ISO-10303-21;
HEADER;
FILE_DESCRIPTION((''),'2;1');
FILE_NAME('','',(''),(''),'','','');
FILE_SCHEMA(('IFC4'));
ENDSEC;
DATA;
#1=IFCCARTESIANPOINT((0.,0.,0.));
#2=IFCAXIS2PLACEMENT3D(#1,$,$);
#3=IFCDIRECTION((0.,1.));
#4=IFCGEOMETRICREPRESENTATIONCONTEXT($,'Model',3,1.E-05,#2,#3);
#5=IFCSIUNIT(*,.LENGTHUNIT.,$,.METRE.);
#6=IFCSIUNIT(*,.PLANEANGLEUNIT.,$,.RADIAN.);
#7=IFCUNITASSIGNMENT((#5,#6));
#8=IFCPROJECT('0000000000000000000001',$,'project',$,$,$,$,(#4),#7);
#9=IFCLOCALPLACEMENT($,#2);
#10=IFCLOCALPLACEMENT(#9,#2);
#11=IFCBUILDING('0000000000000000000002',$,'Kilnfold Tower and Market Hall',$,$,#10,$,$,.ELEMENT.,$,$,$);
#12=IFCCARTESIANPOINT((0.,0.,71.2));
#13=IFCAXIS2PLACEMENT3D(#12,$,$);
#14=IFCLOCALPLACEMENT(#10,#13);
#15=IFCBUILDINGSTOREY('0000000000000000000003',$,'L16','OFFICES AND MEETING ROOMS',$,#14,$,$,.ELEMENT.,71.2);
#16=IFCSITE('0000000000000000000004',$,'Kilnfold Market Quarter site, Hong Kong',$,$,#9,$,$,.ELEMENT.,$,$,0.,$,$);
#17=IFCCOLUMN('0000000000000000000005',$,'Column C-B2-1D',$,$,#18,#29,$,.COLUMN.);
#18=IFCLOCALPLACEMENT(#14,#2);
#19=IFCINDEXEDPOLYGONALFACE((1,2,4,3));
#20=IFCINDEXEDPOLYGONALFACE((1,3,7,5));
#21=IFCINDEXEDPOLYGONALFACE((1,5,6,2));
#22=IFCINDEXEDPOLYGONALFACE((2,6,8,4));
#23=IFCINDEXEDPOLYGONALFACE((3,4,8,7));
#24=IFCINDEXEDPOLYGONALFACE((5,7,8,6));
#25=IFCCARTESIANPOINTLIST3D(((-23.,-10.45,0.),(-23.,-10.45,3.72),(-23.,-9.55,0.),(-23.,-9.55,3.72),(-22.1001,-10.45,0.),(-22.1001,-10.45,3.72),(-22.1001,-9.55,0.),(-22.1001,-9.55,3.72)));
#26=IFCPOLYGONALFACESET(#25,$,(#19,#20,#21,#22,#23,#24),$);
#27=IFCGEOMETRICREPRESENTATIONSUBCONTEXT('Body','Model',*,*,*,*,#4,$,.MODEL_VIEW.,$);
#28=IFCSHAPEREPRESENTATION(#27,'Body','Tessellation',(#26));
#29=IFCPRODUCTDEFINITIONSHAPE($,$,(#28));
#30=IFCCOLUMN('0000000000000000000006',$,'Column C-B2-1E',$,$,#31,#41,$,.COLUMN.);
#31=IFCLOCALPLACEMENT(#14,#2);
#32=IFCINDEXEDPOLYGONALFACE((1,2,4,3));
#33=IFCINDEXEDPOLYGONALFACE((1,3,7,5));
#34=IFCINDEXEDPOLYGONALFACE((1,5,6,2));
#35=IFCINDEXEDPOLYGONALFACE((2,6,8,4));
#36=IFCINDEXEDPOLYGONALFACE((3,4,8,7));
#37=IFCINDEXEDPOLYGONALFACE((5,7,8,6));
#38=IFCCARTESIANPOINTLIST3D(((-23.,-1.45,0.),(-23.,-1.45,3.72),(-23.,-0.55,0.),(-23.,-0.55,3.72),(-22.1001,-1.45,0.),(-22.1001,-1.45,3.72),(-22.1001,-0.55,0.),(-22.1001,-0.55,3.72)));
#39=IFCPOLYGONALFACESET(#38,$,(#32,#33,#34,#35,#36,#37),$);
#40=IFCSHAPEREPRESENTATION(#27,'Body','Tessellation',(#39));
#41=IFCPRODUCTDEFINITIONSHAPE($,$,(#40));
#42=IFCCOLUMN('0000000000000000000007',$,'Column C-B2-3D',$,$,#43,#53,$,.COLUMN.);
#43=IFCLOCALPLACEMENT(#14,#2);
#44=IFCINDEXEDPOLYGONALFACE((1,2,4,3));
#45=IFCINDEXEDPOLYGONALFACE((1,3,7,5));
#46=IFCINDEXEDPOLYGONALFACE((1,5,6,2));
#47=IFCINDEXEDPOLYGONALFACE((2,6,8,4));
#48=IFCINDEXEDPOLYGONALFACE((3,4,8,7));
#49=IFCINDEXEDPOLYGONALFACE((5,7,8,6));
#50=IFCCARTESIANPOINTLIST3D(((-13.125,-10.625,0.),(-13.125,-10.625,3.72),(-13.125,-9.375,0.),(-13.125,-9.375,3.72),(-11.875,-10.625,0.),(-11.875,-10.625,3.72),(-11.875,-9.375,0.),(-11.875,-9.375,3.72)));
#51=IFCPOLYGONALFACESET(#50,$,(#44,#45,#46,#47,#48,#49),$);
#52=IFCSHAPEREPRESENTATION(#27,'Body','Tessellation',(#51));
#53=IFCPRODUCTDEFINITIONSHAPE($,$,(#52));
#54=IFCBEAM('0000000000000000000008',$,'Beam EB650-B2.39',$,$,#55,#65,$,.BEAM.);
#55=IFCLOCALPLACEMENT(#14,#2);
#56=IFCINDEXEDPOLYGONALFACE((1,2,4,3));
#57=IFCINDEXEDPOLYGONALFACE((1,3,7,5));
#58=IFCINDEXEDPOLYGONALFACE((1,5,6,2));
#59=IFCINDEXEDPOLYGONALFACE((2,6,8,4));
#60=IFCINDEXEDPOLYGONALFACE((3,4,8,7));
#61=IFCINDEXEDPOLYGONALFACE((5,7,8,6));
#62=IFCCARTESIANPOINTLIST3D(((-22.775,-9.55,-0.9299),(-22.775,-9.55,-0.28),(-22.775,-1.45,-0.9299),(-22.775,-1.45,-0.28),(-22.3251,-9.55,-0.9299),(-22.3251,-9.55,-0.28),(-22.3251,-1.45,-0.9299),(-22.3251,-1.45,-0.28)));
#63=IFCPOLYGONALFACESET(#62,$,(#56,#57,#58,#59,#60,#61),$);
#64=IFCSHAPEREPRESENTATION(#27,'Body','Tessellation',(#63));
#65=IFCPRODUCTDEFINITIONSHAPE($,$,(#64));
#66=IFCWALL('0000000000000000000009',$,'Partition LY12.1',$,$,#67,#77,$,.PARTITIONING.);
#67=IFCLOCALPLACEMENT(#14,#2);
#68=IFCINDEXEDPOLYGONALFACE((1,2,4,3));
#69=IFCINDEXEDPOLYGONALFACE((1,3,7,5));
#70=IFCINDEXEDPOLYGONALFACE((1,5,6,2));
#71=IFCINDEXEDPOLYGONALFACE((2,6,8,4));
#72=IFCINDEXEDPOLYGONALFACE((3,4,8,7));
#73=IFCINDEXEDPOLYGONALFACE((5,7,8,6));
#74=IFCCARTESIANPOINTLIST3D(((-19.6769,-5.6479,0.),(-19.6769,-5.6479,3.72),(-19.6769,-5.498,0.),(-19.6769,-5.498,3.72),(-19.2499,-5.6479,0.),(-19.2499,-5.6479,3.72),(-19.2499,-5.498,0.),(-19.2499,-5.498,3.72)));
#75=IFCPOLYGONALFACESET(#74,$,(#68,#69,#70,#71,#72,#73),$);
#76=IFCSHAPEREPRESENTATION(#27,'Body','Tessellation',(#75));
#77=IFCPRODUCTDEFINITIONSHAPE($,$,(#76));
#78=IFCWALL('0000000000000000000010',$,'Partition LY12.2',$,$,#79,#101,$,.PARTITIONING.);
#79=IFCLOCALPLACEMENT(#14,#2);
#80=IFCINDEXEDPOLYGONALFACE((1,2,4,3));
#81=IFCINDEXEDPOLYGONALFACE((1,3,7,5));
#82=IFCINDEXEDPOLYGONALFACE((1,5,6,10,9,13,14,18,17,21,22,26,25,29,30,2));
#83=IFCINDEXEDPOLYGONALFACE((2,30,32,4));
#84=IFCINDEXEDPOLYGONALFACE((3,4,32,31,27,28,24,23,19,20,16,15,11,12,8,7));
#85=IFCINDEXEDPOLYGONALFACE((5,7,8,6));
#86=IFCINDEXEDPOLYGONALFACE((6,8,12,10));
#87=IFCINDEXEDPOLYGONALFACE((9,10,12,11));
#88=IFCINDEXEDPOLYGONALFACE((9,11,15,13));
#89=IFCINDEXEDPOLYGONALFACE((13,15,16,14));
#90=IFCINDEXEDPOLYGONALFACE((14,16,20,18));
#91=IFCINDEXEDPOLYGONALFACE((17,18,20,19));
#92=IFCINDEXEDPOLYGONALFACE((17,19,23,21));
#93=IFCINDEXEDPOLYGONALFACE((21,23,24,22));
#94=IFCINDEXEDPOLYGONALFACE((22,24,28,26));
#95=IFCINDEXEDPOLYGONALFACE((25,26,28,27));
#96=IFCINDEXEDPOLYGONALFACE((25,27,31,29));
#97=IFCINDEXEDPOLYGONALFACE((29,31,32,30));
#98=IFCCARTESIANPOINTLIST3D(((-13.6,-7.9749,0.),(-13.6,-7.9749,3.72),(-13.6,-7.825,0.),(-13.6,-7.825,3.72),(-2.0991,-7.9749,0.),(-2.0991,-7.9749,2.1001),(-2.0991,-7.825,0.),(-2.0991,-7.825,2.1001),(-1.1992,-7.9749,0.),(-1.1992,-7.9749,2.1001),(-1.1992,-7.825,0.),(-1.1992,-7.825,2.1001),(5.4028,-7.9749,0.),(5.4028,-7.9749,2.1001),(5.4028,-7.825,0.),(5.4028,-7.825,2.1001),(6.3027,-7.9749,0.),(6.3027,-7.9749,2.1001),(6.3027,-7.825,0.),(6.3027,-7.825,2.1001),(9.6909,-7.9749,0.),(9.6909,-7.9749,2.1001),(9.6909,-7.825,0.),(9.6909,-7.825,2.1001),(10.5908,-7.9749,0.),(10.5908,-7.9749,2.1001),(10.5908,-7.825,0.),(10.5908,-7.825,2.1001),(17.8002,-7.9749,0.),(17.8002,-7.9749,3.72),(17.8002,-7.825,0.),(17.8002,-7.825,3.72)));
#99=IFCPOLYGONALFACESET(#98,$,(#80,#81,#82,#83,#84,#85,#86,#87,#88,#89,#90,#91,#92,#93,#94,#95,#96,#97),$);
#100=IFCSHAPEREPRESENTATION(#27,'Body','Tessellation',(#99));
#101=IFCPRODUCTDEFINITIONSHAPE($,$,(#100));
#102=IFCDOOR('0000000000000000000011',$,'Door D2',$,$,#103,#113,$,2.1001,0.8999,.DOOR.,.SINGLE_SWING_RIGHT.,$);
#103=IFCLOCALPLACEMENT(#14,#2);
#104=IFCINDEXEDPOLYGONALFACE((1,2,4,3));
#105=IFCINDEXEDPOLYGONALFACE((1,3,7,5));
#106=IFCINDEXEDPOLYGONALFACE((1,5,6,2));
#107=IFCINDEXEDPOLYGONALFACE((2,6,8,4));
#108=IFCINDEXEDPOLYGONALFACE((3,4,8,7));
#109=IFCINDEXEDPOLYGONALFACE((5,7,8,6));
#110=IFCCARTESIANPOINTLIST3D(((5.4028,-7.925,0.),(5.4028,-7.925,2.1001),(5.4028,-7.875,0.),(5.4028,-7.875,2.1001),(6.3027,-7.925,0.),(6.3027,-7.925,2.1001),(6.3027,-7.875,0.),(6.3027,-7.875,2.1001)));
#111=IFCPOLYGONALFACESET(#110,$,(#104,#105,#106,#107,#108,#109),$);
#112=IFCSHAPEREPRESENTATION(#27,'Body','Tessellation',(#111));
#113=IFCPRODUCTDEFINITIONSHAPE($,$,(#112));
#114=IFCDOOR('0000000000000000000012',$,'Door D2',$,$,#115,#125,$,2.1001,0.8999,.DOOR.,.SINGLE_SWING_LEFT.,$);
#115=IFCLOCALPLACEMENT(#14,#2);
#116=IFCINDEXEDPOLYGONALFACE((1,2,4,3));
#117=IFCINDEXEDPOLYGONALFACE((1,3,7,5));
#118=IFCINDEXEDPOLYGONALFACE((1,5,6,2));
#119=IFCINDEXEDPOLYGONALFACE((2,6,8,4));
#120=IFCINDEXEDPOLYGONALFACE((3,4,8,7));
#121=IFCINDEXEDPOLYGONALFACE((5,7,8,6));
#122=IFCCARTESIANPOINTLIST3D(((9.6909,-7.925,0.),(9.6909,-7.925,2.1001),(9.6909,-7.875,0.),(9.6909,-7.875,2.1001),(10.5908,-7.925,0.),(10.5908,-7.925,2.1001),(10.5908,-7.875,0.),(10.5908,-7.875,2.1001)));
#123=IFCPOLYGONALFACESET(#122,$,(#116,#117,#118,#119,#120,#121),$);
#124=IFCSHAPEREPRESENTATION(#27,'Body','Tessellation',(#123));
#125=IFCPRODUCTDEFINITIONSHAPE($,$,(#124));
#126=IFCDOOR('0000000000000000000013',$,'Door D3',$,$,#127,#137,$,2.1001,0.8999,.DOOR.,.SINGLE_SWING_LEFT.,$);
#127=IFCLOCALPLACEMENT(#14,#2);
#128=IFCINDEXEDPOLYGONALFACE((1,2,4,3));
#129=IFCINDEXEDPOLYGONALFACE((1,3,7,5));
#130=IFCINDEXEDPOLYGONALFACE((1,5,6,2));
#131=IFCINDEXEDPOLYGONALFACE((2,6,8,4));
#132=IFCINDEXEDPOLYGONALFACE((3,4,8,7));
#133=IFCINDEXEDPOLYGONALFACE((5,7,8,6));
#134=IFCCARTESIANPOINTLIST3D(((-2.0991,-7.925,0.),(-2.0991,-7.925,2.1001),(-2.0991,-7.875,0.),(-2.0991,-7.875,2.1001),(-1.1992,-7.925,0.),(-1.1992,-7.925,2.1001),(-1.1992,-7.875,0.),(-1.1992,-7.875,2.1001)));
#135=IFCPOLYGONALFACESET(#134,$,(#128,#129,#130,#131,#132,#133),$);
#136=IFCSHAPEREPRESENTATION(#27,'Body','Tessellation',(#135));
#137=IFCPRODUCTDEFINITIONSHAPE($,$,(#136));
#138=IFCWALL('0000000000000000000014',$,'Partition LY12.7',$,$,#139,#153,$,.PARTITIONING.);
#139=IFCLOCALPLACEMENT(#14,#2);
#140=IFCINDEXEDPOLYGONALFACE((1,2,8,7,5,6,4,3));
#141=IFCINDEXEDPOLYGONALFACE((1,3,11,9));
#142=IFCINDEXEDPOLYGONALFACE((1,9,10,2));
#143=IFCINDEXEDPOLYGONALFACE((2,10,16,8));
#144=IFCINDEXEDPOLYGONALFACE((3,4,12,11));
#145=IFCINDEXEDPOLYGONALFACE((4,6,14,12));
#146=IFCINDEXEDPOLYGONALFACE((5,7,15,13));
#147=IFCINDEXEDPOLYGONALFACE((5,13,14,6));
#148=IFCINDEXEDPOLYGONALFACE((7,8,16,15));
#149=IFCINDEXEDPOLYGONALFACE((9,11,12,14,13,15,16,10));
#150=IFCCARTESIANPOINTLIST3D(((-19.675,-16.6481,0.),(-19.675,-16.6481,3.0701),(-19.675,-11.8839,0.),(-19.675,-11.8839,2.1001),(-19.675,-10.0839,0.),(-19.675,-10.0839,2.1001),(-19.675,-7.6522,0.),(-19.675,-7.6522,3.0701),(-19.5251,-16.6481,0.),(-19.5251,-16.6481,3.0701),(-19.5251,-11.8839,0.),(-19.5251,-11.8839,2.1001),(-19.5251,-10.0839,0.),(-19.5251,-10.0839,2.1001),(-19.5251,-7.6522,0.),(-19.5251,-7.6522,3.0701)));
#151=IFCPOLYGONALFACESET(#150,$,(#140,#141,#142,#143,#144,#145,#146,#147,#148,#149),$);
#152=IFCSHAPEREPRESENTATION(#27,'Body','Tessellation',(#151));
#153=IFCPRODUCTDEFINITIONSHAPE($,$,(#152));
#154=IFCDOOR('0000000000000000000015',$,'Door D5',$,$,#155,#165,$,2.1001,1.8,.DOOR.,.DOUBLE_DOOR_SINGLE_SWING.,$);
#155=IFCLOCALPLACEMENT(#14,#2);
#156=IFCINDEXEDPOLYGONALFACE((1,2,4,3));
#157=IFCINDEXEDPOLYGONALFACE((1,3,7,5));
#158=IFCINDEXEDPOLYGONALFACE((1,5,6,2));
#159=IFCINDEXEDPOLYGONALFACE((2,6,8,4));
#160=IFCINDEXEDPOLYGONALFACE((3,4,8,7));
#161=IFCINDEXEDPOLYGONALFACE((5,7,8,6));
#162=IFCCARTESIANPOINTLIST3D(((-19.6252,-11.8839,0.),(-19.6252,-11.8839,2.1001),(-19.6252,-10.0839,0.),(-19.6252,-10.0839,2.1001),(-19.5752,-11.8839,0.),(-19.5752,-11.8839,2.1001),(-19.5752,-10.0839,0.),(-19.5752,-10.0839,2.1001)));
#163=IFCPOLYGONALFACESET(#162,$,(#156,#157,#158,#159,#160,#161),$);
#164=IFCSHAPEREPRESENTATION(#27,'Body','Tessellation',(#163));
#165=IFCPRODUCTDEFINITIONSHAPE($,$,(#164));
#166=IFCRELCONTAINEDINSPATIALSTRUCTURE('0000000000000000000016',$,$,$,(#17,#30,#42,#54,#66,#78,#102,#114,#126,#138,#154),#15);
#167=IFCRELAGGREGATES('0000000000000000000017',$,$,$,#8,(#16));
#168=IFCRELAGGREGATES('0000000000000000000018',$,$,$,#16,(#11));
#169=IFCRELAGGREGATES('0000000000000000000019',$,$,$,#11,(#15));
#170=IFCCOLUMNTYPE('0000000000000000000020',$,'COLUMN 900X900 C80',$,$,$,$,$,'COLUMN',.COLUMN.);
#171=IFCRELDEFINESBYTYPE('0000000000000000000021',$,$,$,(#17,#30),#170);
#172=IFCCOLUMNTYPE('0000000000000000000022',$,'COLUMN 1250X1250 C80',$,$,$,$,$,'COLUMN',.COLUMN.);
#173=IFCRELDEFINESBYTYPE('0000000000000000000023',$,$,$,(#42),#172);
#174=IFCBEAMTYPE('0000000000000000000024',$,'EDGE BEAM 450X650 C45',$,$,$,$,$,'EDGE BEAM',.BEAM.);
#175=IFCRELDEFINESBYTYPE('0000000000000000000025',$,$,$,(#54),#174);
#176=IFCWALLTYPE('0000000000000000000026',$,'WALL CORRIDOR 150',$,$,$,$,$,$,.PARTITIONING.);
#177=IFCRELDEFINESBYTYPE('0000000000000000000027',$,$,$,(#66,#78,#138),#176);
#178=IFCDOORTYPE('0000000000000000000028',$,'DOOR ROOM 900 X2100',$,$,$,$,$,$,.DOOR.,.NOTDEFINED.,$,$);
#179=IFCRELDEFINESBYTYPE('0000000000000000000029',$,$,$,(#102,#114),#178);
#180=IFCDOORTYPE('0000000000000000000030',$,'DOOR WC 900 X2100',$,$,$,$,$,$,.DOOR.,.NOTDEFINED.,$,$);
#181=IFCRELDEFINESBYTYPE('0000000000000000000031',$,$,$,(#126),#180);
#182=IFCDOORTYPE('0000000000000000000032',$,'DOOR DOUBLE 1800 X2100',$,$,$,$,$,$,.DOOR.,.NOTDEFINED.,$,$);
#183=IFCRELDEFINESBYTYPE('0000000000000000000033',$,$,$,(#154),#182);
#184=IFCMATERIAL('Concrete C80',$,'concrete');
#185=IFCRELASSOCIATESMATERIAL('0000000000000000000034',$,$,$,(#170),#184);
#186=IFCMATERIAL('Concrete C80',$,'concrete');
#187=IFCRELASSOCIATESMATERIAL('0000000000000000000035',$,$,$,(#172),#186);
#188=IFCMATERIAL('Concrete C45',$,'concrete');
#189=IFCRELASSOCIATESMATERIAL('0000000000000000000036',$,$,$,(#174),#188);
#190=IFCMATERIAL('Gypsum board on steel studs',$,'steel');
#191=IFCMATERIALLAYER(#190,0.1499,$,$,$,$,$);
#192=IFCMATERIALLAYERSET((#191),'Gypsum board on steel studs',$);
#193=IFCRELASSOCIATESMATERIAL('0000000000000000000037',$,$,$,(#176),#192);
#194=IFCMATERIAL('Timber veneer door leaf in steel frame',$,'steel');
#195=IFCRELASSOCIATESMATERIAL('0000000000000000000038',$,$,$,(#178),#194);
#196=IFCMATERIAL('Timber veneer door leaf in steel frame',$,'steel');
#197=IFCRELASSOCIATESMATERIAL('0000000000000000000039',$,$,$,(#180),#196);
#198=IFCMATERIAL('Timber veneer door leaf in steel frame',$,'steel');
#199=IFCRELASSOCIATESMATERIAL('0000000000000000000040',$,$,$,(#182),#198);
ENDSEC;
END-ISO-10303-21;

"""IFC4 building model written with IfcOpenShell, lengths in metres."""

from ifc_helpers import new_model, si_unit, direction, frame, frame_2d, origin, origin_2d, place, context, subcontext, project, spatial, rectangle, extrude, source, transform, mapped, material, layer, layer_set, material_profile, profile_set, type_object, element, fill, save


model = new_model("IFC4")

# Units and contexts
model_context = context("Model", 3, precision=1e-05, world=origin(), true_north=direction((0.0, 1.0)))
body_context = subcontext(model_context, "Body", "Model", "MODEL_VIEW")
ifc_project = project(units=[si_unit("LENGTHUNIT", "METRE"), si_unit("PLANEANGLEUNIT", "RADIAN")], contexts=[model_context])

# Site, building, storey
site_placement = place(None, origin())
site = spatial("IfcSite", under=ifc_project, at=site_placement, Name="Kilnfold Market Quarter site, Hong Kong", CompositionType="ELEMENT", RefElevation=0.0)
building_placement = place(site_placement, origin())
building = spatial("IfcBuilding", under=site, at=building_placement, Name="Kilnfold Tower and Market Hall", CompositionType="ELEMENT")
storey_placement = place(building_placement, frame((0.0, 0.0, 71.2)))
storey = spatial("IfcBuildingStorey", under=building, at=storey_placement, Name="L16", Description="OFFICES AND MEETING ROOMS", CompositionType="ELEMENT", Elevation=71.2)

# Columns
ifc_material_1 = material(Name="Concrete C80", Category="concrete")
ifc_material_profile_1 = material_profile(ifc_material_1, rectangle(XDim=0.8999, YDim=0.8999, at=origin_2d()), Name="RC 900x900")
ifc_profile_set_1 = profile_set([ifc_material_profile_1], Name="Concrete C80")
column_type_1 = type_object("IfcColumnType", Name="COLUMN 900X900 C80", ElementType="COLUMN", PredefinedType="COLUMN", material=ifc_profile_set_1)
shared_shape_1 = source(origin(), body_context, "Body", "SweptSolid", [
    extrude(rectangle(XDim=0.8999, YDim=0.8999, at=origin_2d()), origin(), (0.0, 0.0, 1.0), 3.72),
])
for number, where, z_axis, x_axis, name in (
    (1, (-22.55, -10.0, 0.0), (0.0, 0.0, 1.0), (1.0, 0.0, 0.0), "Column C-B2-1D"),
    (2, (-22.55, -1.0, 0.0), (0.0, 0.0, 1.0), (1.0, 0.0, 0.0), "Column C-B2-1E"),
):
    element("IfcColumn", number, at=place(storey_placement, frame(where, z_axis=z_axis, x_axis=x_axis)), inside=storey, type_object=column_type_1, Name=name, PredefinedType="COLUMN", context=body_context, shape_type="MappedRepresentation", body=[
        mapped(shared_shape_1, transform((0.0, 0.0, 0.0))),
    ])
ifc_material_2 = material(Name="Concrete C80", Category="concrete")
ifc_material_profile_2 = material_profile(ifc_material_2, rectangle(XDim=1.25, YDim=1.25, at=origin_2d()), Name="RC 1250x1250")
ifc_profile_set_2 = profile_set([ifc_material_profile_2], Name="Concrete C80")
column_type_2 = type_object("IfcColumnType", Name="COLUMN 1250X1250 C80", ElementType="COLUMN", PredefinedType="COLUMN", material=ifc_profile_set_2)
shared_shape_2 = source(origin(), body_context, "Body", "SweptSolid", [
    extrude(rectangle(XDim=1.25, YDim=1.25, at=origin_2d()), origin(), (0.0, 0.0, 1.0), 3.72),
])
column_placement = place(storey_placement, frame((-12.5, -10.0, 0.0), z_axis=(0.0, 0.0, 1.0), x_axis=(1.0, 0.0, 0.0)))
element("IfcColumn", 3, at=column_placement, inside=storey, type_object=column_type_2, Name="Column C-B2-3D", PredefinedType="COLUMN", context=body_context, shape_type="MappedRepresentation", body=[
    mapped(shared_shape_2, transform((0.0, 0.0, 0.0))),
])

# Beam
ifc_material_3 = material(Name="Concrete C45", Category="concrete")
ifc_material_profile_3 = material_profile(ifc_material_3, rectangle(XDim=0.45, YDim=0.6499, at=origin_2d()), Name="RC 450x650")
ifc_profile_set_3 = profile_set([ifc_material_profile_3], Name="Concrete C45")
beam_type = type_object("IfcBeamType", Name="EDGE BEAM 450X650 C45", ElementType="EDGE BEAM", PredefinedType="BEAM", material=ifc_profile_set_3)
shared_shape_3 = source(origin(), body_context, "Body", "SweptSolid", [
    extrude(rectangle(XDim=0.45, YDim=0.6499, at=origin_2d()), origin(), (0.0, 0.0, 1.0), 8.1001),
])
beam_placement = place(storey_placement, frame((-22.55, -9.55, -0.605), z_axis=(0.0, 1.0, 0.0), x_axis=(-1.0, 0.0, 0.0)))
element("IfcBeam", 4, at=beam_placement, inside=storey, type_object=beam_type, Name="Beam EB650-B2.39", PredefinedType="BEAM", context=body_context, shape_type="MappedRepresentation", body=[
    mapped(shared_shape_3, transform((0.0, 0.0, 0.0))),
])

# Wall
ifc_material_4 = material(Name="Gypsum board on steel studs", Category="steel")
ifc_layer_1 = layer(ifc_material_4, 0.1499)
ifc_layer_set_1 = layer_set([ifc_layer_1], Name="Gypsum board on steel studs")
wall_type_1 = type_object("IfcWallType", Name="WALL CORRIDOR 150", PredefinedType="PARTITIONING", material=ifc_layer_set_1)
wall_1_placement = place(storey_placement, frame((-19.25, -5.573, 0.0), z_axis=(0.0, 0.0, 1.0), x_axis=(-1.0, 0.0, 0.0)))
element("IfcWall", 5, at=wall_1_placement, inside=storey, type_object=wall_type_1, Name="Partition LY12.1", PredefinedType="PARTITIONING", context=body_context, shape_type="SweptSolid", body=[
    extrude(rectangle(XDim=0.427, YDim=0.1499, at=frame_2d((0.2134, 0.0))), origin(), (0.0, 0.0, 1.0), 3.72),
])

# Wall, openings, doors
wall_2_placement = place(storey_placement, frame((-13.6001, -7.8999, 0.0), z_axis=(0.0, 0.0, 1.0), x_axis=(1.0, 0.0, 0.0)))
wall_2 = element("IfcWall", 6, at=wall_2_placement, inside=storey, type_object=wall_type_1, Name="Partition LY12.2", PredefinedType="PARTITIONING", context=body_context, shape_type="SweptSolid", body=[
    extrude(rectangle(XDim=31.4001, YDim=0.1499, at=frame_2d((15.7002, 0.0))), origin(), (0.0, 0.0, 1.0), 3.72),
])
opening_1_placement = place(wall_2_placement, frame((11.501, 0.0, 0.0)))
opening_1 = element("IfcOpeningElement", 7, at=opening_1_placement, cuts=wall_2, PredefinedType="OPENING", context=body_context, shape_type="SweptSolid", body=[
    extrude(rectangle(XDim=0.8999, YDim=2.1001, at=frame_2d((0.45, 1.05))), frame((0.0, 0.085, 0.0), z_axis=(0.0, -1.0, 0.0), x_axis=(1.0, 0.0, 0.0)), (0.0, 0.0, 1.0), 0.1699),
])
opening_2_placement = place(wall_2_placement, frame((19.0029, 0.0, 0.0)))
opening_2 = element("IfcOpeningElement", 8, at=opening_2_placement, cuts=wall_2, PredefinedType="OPENING", context=body_context, shape_type="SweptSolid", body=[
    extrude(rectangle(XDim=0.8999, YDim=2.1001, at=frame_2d((0.45, 1.05))), frame((0.0, 0.085, 0.0), z_axis=(0.0, -1.0, 0.0), x_axis=(1.0, 0.0, 0.0)), (0.0, 0.0, 1.0), 0.1699),
])
opening_3_placement = place(wall_2_placement, frame((23.291, 0.0, 0.0)))
opening_3 = element("IfcOpeningElement", 9, at=opening_3_placement, cuts=wall_2, PredefinedType="OPENING", context=body_context, shape_type="SweptSolid", body=[
    extrude(rectangle(XDim=0.8999, YDim=2.1001, at=frame_2d((0.45, 1.05))), frame((0.0, 0.085, 0.0), z_axis=(0.0, -1.0, 0.0), x_axis=(1.0, 0.0, 0.0)), (0.0, 0.0, 1.0), 0.1699),
])
ifc_material_5 = material(Name="Timber veneer door leaf in steel frame", Category="steel")
door_type_1 = type_object("IfcDoorType", Name="DOOR ROOM 900 X2100", OperationType="NOTDEFINED", PredefinedType="DOOR", material=ifc_material_5)
door_1_placement = place(opening_2_placement, origin())
door_1 = element("IfcDoor", 10, at=door_1_placement, inside=storey, type_object=door_type_1, Name="Door D2", OperationType="SINGLE_SWING_RIGHT", OverallHeight=2.1001, OverallWidth=0.8999, PredefinedType="DOOR", context=body_context, shape_type="SweptSolid", body=[
    extrude(rectangle(XDim=0.8999, YDim=2.1001, at=frame_2d((0.45, 1.05))), frame((0.0, 0.0249, 0.0), z_axis=(0.0, -1.0, 0.0), x_axis=(1.0, 0.0, 0.0)), (0.0, 0.0, 1.0), 0.05),
])
fill(opening_2, door_1)
door_2_placement = place(opening_3_placement, origin())
door_2 = element("IfcDoor", 11, at=door_2_placement, inside=storey, type_object=door_type_1, Name="Door D2", OperationType="SINGLE_SWING_LEFT", OverallHeight=2.1001, OverallWidth=0.8999, PredefinedType="DOOR", context=body_context, shape_type="SweptSolid", body=[
    extrude(rectangle(XDim=0.8999, YDim=2.1001, at=frame_2d((0.45, 1.05))), frame((0.0, 0.0249, 0.0), z_axis=(0.0, -1.0, 0.0), x_axis=(1.0, 0.0, 0.0)), (0.0, 0.0, 1.0), 0.05),
])
fill(opening_3, door_2)
ifc_material_6 = material(Name="Timber veneer door leaf in steel frame", Category="steel")
door_type_2 = type_object("IfcDoorType", Name="DOOR WC 900 X2100", OperationType="NOTDEFINED", PredefinedType="DOOR", material=ifc_material_6)
door_3_placement = place(opening_1_placement, origin())
door_3 = element("IfcDoor", 12, at=door_3_placement, inside=storey, type_object=door_type_2, Name="Door D3", OperationType="SINGLE_SWING_LEFT", OverallHeight=2.1001, OverallWidth=0.8999, PredefinedType="DOOR", context=body_context, shape_type="SweptSolid", body=[
    extrude(rectangle(XDim=0.8999, YDim=2.1001, at=frame_2d((0.45, 1.05))), frame((0.0, 0.0249, 0.0), z_axis=(0.0, -1.0, 0.0), x_axis=(1.0, 0.0, 0.0)), (0.0, 0.0, 1.0), 0.05),
])
fill(opening_1, door_3)

# Wall, opening, door
wall_3_placement = place(storey_placement, frame((-19.6001, -7.6521, 0.0), z_axis=(0.0, 0.0, 1.0), x_axis=(0.0, -1.0, 0.0)))
wall_3 = element("IfcWall", 13, at=wall_3_placement, inside=storey, type_object=wall_type_1, Name="Partition LY12.7", PredefinedType="PARTITIONING", context=body_context, shape_type="SweptSolid", body=[
    extrude(rectangle(XDim=8.9958, YDim=0.1499, at=frame_2d((4.498, 0.0))), origin(), (0.0, 0.0, 1.0), 3.0701),
])
opening_4_placement = place(wall_3_placement, frame((2.4319, 0.0, 0.0)))
opening_4 = element("IfcOpeningElement", 14, at=opening_4_placement, cuts=wall_3, PredefinedType="OPENING", context=body_context, shape_type="SweptSolid", body=[
    extrude(rectangle(XDim=1.8, YDim=2.1001, at=frame_2d((0.8999, 1.05))), frame((0.0, 0.085, 0.0), z_axis=(0.0, -1.0, 0.0), x_axis=(1.0, 0.0, 0.0)), (0.0, 0.0, 1.0), 0.1699),
])
ifc_material_7 = material(Name="Timber veneer door leaf in steel frame", Category="steel")
door_type_3 = type_object("IfcDoorType", Name="DOOR DOUBLE 1800 X2100", OperationType="NOTDEFINED", PredefinedType="DOOR", material=ifc_material_7)
door_4_placement = place(opening_4_placement, origin())
door_4 = element("IfcDoor", 15, at=door_4_placement, inside=storey, type_object=door_type_3, Name="Door D5", OperationType="DOUBLE_DOOR_SINGLE_SWING", OverallHeight=2.1001, OverallWidth=1.8, PredefinedType="DOOR", context=body_context, shape_type="SweptSolid", body=[
    extrude(rectangle(XDim=1.8, YDim=2.1001, at=frame_2d((0.8999, 1.05))), frame((0.0, 0.0249, 0.0), z_axis=(0.0, -1.0, 0.0), x_axis=(1.0, 0.0, 0.0)), (0.0, 0.0, 1.0), 0.05),
])
fill(opening_4, door_4)

save(model, "model.ifc")
